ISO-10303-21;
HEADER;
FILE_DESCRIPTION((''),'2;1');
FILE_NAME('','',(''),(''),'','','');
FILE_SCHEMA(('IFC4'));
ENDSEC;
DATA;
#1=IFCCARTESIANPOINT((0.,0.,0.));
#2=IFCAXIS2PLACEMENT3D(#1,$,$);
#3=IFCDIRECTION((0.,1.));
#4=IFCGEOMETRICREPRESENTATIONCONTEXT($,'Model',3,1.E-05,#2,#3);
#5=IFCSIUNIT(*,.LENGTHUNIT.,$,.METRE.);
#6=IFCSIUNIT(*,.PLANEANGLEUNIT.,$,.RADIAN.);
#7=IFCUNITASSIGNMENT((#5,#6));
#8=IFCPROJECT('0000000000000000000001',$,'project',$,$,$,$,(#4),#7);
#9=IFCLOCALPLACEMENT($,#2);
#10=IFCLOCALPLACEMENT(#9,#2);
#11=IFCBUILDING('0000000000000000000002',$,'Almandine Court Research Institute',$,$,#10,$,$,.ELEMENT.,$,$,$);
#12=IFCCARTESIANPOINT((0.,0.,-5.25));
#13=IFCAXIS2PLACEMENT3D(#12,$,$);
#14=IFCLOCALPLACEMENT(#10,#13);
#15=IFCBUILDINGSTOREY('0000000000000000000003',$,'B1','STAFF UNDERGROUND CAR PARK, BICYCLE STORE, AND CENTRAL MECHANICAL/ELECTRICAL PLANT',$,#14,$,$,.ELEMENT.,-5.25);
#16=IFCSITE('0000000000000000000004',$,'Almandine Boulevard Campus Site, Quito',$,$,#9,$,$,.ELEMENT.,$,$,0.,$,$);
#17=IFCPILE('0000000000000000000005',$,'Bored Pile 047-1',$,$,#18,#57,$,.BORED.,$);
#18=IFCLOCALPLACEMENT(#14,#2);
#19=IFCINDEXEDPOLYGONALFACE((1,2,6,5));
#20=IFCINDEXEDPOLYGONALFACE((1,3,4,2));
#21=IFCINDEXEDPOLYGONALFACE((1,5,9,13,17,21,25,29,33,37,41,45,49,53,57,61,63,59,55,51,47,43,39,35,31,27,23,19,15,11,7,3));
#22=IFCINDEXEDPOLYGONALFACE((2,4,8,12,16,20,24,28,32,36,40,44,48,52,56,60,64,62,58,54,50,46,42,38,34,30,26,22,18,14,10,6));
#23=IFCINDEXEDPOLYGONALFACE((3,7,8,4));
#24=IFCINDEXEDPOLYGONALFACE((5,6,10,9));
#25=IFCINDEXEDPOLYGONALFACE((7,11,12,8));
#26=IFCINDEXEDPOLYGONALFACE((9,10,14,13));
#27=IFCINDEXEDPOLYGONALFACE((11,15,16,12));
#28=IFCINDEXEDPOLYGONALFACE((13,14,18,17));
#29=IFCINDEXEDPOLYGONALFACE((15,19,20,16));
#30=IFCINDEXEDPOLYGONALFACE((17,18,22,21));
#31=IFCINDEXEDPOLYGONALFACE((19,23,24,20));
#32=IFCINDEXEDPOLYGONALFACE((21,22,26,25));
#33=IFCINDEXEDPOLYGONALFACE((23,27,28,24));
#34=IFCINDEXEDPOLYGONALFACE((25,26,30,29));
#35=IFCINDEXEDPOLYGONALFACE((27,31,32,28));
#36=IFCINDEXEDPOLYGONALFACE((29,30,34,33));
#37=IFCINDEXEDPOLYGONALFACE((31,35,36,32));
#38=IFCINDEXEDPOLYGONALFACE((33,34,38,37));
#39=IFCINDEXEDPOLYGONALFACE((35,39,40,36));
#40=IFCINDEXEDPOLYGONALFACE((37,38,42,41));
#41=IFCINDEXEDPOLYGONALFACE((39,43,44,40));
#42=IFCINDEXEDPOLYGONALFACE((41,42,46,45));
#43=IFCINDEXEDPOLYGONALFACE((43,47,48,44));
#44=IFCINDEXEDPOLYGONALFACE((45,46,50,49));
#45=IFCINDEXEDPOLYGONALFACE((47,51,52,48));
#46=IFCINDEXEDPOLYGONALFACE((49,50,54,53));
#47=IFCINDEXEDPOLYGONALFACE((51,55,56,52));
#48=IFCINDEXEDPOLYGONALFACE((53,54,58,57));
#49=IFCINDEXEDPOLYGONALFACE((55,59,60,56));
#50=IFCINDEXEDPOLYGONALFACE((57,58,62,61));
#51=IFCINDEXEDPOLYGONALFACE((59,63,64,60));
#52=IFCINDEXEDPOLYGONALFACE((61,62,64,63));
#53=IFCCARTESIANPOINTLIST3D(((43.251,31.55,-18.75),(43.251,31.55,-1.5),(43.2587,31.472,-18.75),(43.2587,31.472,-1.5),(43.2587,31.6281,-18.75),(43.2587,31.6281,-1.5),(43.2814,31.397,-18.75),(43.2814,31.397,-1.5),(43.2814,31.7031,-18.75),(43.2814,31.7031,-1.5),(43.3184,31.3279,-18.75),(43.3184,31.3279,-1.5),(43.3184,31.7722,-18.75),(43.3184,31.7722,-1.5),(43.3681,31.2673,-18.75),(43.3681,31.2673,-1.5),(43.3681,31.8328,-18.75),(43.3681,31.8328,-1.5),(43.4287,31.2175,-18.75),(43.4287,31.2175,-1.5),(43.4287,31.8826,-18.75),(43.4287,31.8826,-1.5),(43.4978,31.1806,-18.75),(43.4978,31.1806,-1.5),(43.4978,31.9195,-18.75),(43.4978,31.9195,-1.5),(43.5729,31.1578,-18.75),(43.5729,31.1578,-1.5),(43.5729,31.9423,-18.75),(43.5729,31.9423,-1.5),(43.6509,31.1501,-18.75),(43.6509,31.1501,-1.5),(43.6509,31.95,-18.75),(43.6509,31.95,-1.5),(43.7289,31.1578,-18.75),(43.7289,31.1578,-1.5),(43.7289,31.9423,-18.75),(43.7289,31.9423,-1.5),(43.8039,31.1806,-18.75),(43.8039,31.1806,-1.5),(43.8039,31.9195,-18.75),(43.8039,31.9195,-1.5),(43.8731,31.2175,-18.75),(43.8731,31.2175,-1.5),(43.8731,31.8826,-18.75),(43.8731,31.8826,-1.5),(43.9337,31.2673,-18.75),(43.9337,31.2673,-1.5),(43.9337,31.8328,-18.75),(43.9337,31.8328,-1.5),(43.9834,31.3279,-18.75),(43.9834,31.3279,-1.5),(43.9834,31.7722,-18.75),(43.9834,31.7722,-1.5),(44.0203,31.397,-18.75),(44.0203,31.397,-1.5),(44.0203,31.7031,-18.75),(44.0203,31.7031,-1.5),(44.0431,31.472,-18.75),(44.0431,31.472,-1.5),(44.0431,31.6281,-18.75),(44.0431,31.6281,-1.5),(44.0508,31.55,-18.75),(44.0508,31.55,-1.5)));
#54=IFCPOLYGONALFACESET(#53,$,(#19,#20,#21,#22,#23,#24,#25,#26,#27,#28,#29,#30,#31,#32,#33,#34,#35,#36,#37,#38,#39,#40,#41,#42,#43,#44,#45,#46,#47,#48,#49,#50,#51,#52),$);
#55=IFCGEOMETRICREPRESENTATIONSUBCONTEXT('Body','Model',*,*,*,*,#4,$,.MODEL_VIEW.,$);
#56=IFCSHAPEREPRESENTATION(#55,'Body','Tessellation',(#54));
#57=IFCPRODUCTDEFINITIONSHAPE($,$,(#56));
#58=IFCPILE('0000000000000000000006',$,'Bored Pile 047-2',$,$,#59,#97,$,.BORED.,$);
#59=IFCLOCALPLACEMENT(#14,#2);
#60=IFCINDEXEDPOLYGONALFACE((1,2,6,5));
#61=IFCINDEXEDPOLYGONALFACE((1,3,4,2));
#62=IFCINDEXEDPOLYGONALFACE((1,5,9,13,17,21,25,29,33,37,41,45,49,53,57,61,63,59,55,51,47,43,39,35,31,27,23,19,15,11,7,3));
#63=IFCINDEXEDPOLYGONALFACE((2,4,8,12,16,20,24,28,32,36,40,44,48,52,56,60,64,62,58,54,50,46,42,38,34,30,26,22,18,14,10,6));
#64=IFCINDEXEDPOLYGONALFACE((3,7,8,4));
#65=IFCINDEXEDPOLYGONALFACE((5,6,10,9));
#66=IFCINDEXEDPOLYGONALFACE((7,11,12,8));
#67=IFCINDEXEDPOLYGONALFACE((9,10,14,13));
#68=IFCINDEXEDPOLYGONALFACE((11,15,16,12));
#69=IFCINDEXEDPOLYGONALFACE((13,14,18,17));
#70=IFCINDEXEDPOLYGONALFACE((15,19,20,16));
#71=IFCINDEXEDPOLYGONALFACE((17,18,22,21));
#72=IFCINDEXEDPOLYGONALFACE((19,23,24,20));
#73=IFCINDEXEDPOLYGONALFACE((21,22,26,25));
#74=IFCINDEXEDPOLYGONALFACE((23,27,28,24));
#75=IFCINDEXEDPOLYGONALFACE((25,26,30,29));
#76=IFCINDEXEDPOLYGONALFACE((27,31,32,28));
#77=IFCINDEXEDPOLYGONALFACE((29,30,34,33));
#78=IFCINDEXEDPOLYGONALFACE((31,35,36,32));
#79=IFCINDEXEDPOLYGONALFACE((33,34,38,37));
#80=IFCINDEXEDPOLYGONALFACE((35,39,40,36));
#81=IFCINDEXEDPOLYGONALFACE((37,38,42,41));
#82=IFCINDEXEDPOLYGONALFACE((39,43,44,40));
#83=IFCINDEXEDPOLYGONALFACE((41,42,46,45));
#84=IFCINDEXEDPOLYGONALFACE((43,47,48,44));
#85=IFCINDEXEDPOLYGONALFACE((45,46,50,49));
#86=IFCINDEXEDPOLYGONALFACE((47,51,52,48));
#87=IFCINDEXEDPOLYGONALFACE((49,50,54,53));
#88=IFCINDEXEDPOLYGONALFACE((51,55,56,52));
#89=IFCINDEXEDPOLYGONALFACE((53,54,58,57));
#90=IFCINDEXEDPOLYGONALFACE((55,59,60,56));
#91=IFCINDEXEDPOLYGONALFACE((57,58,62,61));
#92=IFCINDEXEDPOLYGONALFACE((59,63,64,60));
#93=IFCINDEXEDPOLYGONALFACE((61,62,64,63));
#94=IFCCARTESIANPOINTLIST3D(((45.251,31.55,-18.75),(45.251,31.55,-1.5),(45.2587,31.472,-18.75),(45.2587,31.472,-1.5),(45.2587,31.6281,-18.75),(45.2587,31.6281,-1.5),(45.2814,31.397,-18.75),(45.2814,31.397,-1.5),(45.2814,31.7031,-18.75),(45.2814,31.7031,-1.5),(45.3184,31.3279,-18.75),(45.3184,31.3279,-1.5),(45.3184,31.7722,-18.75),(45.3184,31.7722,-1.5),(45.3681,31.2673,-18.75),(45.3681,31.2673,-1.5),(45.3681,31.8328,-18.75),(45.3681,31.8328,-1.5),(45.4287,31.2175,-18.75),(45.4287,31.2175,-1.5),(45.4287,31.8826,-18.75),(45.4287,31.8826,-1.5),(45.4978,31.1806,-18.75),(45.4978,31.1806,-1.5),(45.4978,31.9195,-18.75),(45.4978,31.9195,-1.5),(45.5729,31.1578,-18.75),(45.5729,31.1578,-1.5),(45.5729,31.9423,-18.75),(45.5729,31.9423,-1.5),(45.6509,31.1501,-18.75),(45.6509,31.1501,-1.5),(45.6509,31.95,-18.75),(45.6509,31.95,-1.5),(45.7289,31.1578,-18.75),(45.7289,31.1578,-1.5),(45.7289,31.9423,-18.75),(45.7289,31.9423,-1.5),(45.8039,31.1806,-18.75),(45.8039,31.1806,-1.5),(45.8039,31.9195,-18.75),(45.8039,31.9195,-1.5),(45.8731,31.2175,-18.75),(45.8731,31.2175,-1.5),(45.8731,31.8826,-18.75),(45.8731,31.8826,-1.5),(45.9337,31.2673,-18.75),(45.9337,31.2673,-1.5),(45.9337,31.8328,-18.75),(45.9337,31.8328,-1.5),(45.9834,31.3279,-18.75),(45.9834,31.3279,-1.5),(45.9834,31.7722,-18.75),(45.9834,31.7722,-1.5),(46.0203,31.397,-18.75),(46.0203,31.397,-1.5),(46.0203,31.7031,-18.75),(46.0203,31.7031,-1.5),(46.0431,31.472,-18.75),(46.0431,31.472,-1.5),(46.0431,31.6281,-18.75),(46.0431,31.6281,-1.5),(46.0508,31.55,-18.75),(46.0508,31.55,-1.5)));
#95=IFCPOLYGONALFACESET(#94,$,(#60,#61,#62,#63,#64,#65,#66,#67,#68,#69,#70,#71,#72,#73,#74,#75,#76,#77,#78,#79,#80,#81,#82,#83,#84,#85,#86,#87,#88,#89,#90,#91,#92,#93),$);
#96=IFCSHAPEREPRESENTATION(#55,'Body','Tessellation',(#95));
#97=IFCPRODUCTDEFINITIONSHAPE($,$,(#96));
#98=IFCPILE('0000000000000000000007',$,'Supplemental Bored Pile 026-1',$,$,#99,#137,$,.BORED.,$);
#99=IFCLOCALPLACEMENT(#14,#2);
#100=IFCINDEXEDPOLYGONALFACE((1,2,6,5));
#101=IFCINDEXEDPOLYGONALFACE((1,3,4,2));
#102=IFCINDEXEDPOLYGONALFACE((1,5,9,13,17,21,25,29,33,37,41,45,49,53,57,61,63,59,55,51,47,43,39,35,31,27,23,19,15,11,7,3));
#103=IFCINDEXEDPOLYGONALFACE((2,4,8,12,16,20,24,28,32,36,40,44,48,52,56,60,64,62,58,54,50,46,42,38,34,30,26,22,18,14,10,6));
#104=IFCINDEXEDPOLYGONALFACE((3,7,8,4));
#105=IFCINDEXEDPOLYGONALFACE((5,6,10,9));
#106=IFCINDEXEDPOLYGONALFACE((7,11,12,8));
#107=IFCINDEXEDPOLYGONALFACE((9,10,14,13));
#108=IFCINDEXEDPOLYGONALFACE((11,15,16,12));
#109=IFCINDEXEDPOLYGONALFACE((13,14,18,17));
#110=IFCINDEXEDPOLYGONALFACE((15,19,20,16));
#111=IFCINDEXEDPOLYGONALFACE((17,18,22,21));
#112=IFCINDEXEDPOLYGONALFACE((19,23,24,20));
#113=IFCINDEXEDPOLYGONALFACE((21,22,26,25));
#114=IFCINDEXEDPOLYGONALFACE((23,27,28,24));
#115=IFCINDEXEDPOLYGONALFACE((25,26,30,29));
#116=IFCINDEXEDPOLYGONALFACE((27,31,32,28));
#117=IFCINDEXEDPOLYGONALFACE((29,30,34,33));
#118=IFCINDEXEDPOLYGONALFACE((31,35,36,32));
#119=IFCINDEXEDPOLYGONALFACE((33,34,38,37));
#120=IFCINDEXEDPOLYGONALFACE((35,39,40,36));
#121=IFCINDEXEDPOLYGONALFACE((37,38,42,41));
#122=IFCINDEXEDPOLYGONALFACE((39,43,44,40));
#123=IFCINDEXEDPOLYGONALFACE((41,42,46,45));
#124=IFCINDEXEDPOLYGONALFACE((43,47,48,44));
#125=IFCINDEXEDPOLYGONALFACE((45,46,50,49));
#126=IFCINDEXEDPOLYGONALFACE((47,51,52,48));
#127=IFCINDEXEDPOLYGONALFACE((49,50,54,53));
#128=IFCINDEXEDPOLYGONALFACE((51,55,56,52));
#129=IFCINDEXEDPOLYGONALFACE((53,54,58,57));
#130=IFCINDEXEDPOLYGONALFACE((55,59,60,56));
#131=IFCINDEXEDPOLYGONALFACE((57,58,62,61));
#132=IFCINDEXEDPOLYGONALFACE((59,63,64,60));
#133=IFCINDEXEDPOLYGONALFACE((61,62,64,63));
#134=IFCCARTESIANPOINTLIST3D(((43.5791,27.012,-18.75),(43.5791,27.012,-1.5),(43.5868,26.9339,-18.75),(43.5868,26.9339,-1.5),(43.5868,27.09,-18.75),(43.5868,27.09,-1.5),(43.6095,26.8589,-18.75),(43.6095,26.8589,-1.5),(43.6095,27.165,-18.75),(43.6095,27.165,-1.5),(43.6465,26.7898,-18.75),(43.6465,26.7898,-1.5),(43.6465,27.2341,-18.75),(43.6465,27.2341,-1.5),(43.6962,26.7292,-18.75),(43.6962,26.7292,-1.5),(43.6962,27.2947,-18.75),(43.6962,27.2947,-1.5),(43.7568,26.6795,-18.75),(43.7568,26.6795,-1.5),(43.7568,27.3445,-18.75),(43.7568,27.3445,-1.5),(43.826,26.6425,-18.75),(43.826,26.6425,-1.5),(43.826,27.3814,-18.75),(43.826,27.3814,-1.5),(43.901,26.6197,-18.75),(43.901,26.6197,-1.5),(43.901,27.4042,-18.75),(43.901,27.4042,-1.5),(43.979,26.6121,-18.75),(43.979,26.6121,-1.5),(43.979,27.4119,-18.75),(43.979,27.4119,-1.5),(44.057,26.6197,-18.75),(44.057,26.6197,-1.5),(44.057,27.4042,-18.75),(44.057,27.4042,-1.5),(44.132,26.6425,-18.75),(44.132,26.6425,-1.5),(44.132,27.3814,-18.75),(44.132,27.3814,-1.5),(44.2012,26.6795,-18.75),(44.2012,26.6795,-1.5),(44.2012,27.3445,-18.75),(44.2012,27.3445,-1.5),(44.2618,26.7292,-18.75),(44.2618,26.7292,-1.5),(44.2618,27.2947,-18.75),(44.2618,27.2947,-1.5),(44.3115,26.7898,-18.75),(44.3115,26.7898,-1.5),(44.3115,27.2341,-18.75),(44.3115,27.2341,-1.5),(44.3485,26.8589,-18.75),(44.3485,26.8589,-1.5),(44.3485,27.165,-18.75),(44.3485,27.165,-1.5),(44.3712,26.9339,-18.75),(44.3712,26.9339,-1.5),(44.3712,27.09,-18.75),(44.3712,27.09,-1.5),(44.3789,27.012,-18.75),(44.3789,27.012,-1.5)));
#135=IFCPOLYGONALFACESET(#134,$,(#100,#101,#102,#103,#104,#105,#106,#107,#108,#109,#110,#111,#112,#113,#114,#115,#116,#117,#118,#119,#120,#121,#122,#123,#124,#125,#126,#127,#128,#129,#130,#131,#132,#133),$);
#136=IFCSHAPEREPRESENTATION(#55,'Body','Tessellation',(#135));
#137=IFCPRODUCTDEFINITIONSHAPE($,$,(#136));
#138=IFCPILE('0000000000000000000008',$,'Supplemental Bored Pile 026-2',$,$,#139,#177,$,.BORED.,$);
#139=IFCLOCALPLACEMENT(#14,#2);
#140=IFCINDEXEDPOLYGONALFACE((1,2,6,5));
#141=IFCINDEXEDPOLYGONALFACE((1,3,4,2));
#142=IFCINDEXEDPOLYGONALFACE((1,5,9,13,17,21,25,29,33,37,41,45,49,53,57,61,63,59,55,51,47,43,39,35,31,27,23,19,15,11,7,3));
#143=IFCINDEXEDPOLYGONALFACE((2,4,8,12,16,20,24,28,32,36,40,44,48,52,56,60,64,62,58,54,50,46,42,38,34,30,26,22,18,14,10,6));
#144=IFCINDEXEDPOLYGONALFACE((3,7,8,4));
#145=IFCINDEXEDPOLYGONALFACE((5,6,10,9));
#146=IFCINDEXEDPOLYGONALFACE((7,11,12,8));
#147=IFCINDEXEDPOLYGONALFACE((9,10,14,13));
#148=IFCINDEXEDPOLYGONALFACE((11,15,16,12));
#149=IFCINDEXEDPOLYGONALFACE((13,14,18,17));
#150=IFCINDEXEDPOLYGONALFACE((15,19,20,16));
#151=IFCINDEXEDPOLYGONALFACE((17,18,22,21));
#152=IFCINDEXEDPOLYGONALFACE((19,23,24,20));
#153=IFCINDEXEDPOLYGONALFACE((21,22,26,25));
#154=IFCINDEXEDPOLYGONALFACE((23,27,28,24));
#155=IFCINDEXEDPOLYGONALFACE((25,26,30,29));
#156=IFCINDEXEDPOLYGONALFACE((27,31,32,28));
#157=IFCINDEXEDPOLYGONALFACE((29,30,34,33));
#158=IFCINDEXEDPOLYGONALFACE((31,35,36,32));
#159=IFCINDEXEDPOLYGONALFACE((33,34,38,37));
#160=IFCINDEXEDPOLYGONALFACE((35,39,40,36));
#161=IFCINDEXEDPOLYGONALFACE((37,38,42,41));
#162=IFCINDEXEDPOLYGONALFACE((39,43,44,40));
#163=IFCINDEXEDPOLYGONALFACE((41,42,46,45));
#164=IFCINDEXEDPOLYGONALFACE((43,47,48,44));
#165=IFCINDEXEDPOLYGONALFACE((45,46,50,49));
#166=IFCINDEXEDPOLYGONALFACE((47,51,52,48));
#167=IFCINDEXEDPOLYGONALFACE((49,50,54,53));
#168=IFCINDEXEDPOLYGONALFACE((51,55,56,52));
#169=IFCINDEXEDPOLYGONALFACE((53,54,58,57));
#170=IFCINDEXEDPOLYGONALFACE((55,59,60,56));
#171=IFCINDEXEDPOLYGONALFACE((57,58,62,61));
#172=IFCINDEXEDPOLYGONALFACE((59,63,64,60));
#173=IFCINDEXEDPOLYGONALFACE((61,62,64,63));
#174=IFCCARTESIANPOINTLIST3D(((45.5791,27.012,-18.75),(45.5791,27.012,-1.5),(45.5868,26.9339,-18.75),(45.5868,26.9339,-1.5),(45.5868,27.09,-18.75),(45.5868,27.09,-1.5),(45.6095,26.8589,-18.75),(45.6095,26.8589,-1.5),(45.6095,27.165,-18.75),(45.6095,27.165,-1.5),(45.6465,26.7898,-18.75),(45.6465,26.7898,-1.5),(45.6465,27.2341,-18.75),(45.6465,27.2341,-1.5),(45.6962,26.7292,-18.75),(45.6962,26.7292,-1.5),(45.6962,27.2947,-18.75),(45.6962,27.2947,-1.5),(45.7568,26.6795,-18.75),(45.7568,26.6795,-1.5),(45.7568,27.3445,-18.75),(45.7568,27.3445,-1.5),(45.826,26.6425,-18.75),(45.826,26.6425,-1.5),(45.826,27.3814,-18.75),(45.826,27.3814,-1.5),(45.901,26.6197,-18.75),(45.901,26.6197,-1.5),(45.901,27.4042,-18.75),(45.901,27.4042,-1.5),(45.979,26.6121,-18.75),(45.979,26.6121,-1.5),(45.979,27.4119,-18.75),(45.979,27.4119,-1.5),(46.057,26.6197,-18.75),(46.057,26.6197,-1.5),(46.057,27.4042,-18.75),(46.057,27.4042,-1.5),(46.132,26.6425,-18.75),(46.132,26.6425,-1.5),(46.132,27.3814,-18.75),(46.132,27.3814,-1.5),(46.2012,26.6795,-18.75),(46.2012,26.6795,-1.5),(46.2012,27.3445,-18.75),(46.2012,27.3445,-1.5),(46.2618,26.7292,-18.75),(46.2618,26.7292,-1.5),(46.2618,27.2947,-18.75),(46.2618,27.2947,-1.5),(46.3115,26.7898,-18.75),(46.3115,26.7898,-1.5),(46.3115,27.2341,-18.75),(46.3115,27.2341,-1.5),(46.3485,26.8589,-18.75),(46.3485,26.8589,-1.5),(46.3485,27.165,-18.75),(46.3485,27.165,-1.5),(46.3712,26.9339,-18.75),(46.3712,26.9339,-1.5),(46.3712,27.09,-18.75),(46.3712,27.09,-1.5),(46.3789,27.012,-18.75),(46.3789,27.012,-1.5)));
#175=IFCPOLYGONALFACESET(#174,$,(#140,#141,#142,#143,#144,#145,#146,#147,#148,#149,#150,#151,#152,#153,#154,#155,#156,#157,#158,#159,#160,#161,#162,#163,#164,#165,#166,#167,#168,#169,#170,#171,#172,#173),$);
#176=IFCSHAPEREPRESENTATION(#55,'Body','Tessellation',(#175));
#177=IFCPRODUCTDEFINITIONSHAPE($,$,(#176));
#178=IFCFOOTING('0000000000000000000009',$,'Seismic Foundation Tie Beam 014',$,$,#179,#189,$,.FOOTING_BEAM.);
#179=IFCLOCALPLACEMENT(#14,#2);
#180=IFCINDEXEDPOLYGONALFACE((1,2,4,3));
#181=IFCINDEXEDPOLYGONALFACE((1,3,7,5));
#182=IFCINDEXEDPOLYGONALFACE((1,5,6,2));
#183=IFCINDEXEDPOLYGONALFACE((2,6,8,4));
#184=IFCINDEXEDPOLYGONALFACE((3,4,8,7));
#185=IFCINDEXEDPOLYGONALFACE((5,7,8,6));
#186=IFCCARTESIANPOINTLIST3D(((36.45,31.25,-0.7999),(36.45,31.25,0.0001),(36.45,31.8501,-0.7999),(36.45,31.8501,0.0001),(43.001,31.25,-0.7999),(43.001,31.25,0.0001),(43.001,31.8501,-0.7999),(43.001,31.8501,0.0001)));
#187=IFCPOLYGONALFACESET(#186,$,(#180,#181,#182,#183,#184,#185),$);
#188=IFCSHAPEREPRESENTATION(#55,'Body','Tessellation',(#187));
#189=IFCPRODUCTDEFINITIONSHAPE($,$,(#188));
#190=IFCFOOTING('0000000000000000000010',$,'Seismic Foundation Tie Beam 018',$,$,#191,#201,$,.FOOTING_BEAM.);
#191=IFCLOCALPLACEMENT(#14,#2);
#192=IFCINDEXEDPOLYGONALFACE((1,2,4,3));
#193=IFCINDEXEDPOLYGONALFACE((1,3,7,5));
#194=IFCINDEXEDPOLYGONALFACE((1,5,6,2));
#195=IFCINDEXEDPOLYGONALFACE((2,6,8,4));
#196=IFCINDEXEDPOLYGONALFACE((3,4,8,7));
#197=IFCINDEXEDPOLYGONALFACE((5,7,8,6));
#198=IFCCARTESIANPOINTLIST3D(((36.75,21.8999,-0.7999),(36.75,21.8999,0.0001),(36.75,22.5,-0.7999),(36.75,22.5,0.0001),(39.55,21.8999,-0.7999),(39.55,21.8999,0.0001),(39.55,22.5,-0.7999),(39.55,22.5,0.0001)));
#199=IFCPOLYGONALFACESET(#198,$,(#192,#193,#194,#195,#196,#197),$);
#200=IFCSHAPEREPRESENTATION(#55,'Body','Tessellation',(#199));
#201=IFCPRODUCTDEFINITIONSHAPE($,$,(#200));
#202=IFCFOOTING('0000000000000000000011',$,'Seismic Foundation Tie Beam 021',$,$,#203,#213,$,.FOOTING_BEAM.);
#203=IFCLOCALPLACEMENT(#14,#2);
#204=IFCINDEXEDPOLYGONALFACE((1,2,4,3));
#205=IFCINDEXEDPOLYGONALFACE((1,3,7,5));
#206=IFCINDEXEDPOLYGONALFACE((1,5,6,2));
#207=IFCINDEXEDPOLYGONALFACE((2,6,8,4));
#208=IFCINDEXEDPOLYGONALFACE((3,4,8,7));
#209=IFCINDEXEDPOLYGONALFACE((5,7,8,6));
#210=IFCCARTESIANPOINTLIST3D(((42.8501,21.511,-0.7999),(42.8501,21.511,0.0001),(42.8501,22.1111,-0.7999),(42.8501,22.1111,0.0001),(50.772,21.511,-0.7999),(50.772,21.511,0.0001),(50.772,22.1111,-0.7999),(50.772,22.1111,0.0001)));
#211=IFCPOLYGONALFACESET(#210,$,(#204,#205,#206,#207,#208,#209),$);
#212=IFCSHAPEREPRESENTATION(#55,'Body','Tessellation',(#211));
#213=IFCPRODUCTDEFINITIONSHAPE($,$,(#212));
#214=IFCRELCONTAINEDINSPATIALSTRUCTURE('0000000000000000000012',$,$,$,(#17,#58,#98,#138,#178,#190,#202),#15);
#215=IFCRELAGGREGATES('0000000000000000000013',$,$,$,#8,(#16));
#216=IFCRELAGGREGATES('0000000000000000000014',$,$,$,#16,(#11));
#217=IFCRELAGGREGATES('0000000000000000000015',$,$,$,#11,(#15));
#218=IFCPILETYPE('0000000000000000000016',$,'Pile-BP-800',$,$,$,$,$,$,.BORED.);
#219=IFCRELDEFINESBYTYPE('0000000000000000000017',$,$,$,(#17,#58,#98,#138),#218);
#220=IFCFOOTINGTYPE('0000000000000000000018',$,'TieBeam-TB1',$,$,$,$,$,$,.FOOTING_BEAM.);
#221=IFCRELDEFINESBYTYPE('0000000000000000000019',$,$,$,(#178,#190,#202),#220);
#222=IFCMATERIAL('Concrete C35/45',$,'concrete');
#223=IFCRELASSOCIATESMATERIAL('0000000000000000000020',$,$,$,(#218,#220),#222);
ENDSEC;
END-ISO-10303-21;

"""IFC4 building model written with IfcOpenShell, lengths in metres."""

from ifc_helpers import new_model, si_unit, direction, frame, origin, origin_2d, place, context, subcontext, project, spatial, rectangle, circle, extrude, material, material_profile, profile_set, type_object, element, save


model = new_model("IFC4")

# Units and contexts
model_context = context("Model", 3, precision=1e-05, world=origin(), true_north=direction((0.0, 1.0)))
body_context = subcontext(model_context, "Body", "Model", "MODEL_VIEW")
ifc_project = project(units=[si_unit("LENGTHUNIT", "METRE"), si_unit("PLANEANGLEUNIT", "RADIAN")], contexts=[model_context])

# Site, building, storey
site_placement = place(None, origin())
site = spatial("IfcSite", under=ifc_project, at=site_placement, Name="Almandine Boulevard Campus Site, Quito", CompositionType="ELEMENT", RefElevation=0.0)
building_placement = place(site_placement, origin())
building = spatial("IfcBuilding", under=site, at=building_placement, Name="Almandine Court Research Institute", CompositionType="ELEMENT")
storey_placement = place(building_placement, frame((0.0, 0.0, -5.25)))
storey = spatial("IfcBuildingStorey", under=building, at=storey_placement, Name="B1", Description="STAFF UNDERGROUND CAR PARK, BICYCLE STORE, AND CENTRAL MECHANICAL/ELECTRICAL PLANT", CompositionType="ELEMENT", Elevation=-5.25)

# Shared definitions
ifc_material_1 = material(Name="Concrete C35/45", Category="concrete")

# Piles
ifc_material_profile_1 = material_profile(ifc_material_1, circle(Radius=0.3999, at=origin_2d()), Name="BORED PILE D800")
ifc_profile_set_1 = profile_set([ifc_material_profile_1], Name="Concrete C35/45")
pile_type = type_object("IfcPileType", Name="Pile-BP-800", PredefinedType="BORED", material=ifc_profile_set_1)
for number, where, z_axis, x_axis, name in (
    (1, (43.6509, 31.55, -1.5), (0.0, 0.0, -1.0), (1.0, 0.0, 0.0), "Bored Pile 047-1"),
    (2, (45.6509, 31.55, -1.5), (0.0, 0.0, -1.0), (1.0, 0.0, 0.0), "Bored Pile 047-2"),
    (3, (43.979, 27.012, -1.5), (0.0, 0.0, -1.0), (1.0, 0.0, 0.0), "Supplemental Bored Pile 026-1"),
    (4, (45.979, 27.012, -1.5), (0.0, 0.0, -1.0), (1.0, 0.0, 0.0), "Supplemental Bored Pile 026-2"),
):
    element("IfcPile", number, at=place(storey_placement, frame(where, z_axis=z_axis, x_axis=x_axis)), inside=storey, type_object=pile_type, Name=name, PredefinedType="BORED", context=body_context, shape_type="SweptSolid", body=[
        extrude(circle(Radius=0.3999, at=origin_2d()), origin(), (0.0, 0.0, 1.0), 17.25),
    ])

# Footings
ifc_material_profile_2 = material_profile(ifc_material_1, rectangle(XDim=0.6001, YDim=0.8, at=origin_2d()), Name="RC TIE 600x800")
ifc_profile_set_2 = profile_set([ifc_material_profile_2], Name="Concrete C35/45")
footing_type_1 = type_object("IfcFootingType", Name="TieBeam-TB1", PredefinedType="FOOTING_BEAM", material=ifc_profile_set_2)
footing_1_placement = place(storey_placement, frame((36.45, 31.55, -0.3999), z_axis=(1.0, 0.0, 0.0), x_axis=(0.0, 1.0, 0.0)))
element("IfcFooting", 5, at=footing_1_placement, inside=storey, type_object=footing_type_1, Name="Seismic Foundation Tie Beam 014", PredefinedType="FOOTING_BEAM", context=body_context, shape_type="SweptSolid", body=[
    extrude(rectangle(XDim=0.6001, YDim=0.8, at=origin_2d()), origin(), (0.0, 0.0, 1.0), 6.551),
])
footing_2_placement = place(storey_placement, frame((36.75, 22.2, -0.3999), z_axis=(1.0, 0.0, 0.0), x_axis=(0.0, 1.0, 0.0)))
element("IfcFooting", 6, at=footing_2_placement, inside=storey, type_object=footing_type_1, Name="Seismic Foundation Tie Beam 018", PredefinedType="FOOTING_BEAM", context=body_context, shape_type="SweptSolid", body=[
    extrude(rectangle(XDim=0.6001, YDim=0.8, at=origin_2d()), origin(), (0.0, 0.0, 1.0), 2.8),
])
footing_3_placement = place(storey_placement, frame((42.8501, 21.811, -0.3999), z_axis=(1.0, 0.0, 0.0), x_axis=(0.0, 1.0, 0.0)))
element("IfcFooting", 7, at=footing_3_placement, inside=storey, type_object=footing_type_1, Name="Seismic Foundation Tie Beam 021", PredefinedType="FOOTING_BEAM", context=body_context, shape_type="SweptSolid", body=[
    extrude(rectangle(XDim=0.6001, YDim=0.8, at=origin_2d()), origin(), (0.0, 0.0, 1.0), 7.9219),
])

save(model, "model.ifc")
